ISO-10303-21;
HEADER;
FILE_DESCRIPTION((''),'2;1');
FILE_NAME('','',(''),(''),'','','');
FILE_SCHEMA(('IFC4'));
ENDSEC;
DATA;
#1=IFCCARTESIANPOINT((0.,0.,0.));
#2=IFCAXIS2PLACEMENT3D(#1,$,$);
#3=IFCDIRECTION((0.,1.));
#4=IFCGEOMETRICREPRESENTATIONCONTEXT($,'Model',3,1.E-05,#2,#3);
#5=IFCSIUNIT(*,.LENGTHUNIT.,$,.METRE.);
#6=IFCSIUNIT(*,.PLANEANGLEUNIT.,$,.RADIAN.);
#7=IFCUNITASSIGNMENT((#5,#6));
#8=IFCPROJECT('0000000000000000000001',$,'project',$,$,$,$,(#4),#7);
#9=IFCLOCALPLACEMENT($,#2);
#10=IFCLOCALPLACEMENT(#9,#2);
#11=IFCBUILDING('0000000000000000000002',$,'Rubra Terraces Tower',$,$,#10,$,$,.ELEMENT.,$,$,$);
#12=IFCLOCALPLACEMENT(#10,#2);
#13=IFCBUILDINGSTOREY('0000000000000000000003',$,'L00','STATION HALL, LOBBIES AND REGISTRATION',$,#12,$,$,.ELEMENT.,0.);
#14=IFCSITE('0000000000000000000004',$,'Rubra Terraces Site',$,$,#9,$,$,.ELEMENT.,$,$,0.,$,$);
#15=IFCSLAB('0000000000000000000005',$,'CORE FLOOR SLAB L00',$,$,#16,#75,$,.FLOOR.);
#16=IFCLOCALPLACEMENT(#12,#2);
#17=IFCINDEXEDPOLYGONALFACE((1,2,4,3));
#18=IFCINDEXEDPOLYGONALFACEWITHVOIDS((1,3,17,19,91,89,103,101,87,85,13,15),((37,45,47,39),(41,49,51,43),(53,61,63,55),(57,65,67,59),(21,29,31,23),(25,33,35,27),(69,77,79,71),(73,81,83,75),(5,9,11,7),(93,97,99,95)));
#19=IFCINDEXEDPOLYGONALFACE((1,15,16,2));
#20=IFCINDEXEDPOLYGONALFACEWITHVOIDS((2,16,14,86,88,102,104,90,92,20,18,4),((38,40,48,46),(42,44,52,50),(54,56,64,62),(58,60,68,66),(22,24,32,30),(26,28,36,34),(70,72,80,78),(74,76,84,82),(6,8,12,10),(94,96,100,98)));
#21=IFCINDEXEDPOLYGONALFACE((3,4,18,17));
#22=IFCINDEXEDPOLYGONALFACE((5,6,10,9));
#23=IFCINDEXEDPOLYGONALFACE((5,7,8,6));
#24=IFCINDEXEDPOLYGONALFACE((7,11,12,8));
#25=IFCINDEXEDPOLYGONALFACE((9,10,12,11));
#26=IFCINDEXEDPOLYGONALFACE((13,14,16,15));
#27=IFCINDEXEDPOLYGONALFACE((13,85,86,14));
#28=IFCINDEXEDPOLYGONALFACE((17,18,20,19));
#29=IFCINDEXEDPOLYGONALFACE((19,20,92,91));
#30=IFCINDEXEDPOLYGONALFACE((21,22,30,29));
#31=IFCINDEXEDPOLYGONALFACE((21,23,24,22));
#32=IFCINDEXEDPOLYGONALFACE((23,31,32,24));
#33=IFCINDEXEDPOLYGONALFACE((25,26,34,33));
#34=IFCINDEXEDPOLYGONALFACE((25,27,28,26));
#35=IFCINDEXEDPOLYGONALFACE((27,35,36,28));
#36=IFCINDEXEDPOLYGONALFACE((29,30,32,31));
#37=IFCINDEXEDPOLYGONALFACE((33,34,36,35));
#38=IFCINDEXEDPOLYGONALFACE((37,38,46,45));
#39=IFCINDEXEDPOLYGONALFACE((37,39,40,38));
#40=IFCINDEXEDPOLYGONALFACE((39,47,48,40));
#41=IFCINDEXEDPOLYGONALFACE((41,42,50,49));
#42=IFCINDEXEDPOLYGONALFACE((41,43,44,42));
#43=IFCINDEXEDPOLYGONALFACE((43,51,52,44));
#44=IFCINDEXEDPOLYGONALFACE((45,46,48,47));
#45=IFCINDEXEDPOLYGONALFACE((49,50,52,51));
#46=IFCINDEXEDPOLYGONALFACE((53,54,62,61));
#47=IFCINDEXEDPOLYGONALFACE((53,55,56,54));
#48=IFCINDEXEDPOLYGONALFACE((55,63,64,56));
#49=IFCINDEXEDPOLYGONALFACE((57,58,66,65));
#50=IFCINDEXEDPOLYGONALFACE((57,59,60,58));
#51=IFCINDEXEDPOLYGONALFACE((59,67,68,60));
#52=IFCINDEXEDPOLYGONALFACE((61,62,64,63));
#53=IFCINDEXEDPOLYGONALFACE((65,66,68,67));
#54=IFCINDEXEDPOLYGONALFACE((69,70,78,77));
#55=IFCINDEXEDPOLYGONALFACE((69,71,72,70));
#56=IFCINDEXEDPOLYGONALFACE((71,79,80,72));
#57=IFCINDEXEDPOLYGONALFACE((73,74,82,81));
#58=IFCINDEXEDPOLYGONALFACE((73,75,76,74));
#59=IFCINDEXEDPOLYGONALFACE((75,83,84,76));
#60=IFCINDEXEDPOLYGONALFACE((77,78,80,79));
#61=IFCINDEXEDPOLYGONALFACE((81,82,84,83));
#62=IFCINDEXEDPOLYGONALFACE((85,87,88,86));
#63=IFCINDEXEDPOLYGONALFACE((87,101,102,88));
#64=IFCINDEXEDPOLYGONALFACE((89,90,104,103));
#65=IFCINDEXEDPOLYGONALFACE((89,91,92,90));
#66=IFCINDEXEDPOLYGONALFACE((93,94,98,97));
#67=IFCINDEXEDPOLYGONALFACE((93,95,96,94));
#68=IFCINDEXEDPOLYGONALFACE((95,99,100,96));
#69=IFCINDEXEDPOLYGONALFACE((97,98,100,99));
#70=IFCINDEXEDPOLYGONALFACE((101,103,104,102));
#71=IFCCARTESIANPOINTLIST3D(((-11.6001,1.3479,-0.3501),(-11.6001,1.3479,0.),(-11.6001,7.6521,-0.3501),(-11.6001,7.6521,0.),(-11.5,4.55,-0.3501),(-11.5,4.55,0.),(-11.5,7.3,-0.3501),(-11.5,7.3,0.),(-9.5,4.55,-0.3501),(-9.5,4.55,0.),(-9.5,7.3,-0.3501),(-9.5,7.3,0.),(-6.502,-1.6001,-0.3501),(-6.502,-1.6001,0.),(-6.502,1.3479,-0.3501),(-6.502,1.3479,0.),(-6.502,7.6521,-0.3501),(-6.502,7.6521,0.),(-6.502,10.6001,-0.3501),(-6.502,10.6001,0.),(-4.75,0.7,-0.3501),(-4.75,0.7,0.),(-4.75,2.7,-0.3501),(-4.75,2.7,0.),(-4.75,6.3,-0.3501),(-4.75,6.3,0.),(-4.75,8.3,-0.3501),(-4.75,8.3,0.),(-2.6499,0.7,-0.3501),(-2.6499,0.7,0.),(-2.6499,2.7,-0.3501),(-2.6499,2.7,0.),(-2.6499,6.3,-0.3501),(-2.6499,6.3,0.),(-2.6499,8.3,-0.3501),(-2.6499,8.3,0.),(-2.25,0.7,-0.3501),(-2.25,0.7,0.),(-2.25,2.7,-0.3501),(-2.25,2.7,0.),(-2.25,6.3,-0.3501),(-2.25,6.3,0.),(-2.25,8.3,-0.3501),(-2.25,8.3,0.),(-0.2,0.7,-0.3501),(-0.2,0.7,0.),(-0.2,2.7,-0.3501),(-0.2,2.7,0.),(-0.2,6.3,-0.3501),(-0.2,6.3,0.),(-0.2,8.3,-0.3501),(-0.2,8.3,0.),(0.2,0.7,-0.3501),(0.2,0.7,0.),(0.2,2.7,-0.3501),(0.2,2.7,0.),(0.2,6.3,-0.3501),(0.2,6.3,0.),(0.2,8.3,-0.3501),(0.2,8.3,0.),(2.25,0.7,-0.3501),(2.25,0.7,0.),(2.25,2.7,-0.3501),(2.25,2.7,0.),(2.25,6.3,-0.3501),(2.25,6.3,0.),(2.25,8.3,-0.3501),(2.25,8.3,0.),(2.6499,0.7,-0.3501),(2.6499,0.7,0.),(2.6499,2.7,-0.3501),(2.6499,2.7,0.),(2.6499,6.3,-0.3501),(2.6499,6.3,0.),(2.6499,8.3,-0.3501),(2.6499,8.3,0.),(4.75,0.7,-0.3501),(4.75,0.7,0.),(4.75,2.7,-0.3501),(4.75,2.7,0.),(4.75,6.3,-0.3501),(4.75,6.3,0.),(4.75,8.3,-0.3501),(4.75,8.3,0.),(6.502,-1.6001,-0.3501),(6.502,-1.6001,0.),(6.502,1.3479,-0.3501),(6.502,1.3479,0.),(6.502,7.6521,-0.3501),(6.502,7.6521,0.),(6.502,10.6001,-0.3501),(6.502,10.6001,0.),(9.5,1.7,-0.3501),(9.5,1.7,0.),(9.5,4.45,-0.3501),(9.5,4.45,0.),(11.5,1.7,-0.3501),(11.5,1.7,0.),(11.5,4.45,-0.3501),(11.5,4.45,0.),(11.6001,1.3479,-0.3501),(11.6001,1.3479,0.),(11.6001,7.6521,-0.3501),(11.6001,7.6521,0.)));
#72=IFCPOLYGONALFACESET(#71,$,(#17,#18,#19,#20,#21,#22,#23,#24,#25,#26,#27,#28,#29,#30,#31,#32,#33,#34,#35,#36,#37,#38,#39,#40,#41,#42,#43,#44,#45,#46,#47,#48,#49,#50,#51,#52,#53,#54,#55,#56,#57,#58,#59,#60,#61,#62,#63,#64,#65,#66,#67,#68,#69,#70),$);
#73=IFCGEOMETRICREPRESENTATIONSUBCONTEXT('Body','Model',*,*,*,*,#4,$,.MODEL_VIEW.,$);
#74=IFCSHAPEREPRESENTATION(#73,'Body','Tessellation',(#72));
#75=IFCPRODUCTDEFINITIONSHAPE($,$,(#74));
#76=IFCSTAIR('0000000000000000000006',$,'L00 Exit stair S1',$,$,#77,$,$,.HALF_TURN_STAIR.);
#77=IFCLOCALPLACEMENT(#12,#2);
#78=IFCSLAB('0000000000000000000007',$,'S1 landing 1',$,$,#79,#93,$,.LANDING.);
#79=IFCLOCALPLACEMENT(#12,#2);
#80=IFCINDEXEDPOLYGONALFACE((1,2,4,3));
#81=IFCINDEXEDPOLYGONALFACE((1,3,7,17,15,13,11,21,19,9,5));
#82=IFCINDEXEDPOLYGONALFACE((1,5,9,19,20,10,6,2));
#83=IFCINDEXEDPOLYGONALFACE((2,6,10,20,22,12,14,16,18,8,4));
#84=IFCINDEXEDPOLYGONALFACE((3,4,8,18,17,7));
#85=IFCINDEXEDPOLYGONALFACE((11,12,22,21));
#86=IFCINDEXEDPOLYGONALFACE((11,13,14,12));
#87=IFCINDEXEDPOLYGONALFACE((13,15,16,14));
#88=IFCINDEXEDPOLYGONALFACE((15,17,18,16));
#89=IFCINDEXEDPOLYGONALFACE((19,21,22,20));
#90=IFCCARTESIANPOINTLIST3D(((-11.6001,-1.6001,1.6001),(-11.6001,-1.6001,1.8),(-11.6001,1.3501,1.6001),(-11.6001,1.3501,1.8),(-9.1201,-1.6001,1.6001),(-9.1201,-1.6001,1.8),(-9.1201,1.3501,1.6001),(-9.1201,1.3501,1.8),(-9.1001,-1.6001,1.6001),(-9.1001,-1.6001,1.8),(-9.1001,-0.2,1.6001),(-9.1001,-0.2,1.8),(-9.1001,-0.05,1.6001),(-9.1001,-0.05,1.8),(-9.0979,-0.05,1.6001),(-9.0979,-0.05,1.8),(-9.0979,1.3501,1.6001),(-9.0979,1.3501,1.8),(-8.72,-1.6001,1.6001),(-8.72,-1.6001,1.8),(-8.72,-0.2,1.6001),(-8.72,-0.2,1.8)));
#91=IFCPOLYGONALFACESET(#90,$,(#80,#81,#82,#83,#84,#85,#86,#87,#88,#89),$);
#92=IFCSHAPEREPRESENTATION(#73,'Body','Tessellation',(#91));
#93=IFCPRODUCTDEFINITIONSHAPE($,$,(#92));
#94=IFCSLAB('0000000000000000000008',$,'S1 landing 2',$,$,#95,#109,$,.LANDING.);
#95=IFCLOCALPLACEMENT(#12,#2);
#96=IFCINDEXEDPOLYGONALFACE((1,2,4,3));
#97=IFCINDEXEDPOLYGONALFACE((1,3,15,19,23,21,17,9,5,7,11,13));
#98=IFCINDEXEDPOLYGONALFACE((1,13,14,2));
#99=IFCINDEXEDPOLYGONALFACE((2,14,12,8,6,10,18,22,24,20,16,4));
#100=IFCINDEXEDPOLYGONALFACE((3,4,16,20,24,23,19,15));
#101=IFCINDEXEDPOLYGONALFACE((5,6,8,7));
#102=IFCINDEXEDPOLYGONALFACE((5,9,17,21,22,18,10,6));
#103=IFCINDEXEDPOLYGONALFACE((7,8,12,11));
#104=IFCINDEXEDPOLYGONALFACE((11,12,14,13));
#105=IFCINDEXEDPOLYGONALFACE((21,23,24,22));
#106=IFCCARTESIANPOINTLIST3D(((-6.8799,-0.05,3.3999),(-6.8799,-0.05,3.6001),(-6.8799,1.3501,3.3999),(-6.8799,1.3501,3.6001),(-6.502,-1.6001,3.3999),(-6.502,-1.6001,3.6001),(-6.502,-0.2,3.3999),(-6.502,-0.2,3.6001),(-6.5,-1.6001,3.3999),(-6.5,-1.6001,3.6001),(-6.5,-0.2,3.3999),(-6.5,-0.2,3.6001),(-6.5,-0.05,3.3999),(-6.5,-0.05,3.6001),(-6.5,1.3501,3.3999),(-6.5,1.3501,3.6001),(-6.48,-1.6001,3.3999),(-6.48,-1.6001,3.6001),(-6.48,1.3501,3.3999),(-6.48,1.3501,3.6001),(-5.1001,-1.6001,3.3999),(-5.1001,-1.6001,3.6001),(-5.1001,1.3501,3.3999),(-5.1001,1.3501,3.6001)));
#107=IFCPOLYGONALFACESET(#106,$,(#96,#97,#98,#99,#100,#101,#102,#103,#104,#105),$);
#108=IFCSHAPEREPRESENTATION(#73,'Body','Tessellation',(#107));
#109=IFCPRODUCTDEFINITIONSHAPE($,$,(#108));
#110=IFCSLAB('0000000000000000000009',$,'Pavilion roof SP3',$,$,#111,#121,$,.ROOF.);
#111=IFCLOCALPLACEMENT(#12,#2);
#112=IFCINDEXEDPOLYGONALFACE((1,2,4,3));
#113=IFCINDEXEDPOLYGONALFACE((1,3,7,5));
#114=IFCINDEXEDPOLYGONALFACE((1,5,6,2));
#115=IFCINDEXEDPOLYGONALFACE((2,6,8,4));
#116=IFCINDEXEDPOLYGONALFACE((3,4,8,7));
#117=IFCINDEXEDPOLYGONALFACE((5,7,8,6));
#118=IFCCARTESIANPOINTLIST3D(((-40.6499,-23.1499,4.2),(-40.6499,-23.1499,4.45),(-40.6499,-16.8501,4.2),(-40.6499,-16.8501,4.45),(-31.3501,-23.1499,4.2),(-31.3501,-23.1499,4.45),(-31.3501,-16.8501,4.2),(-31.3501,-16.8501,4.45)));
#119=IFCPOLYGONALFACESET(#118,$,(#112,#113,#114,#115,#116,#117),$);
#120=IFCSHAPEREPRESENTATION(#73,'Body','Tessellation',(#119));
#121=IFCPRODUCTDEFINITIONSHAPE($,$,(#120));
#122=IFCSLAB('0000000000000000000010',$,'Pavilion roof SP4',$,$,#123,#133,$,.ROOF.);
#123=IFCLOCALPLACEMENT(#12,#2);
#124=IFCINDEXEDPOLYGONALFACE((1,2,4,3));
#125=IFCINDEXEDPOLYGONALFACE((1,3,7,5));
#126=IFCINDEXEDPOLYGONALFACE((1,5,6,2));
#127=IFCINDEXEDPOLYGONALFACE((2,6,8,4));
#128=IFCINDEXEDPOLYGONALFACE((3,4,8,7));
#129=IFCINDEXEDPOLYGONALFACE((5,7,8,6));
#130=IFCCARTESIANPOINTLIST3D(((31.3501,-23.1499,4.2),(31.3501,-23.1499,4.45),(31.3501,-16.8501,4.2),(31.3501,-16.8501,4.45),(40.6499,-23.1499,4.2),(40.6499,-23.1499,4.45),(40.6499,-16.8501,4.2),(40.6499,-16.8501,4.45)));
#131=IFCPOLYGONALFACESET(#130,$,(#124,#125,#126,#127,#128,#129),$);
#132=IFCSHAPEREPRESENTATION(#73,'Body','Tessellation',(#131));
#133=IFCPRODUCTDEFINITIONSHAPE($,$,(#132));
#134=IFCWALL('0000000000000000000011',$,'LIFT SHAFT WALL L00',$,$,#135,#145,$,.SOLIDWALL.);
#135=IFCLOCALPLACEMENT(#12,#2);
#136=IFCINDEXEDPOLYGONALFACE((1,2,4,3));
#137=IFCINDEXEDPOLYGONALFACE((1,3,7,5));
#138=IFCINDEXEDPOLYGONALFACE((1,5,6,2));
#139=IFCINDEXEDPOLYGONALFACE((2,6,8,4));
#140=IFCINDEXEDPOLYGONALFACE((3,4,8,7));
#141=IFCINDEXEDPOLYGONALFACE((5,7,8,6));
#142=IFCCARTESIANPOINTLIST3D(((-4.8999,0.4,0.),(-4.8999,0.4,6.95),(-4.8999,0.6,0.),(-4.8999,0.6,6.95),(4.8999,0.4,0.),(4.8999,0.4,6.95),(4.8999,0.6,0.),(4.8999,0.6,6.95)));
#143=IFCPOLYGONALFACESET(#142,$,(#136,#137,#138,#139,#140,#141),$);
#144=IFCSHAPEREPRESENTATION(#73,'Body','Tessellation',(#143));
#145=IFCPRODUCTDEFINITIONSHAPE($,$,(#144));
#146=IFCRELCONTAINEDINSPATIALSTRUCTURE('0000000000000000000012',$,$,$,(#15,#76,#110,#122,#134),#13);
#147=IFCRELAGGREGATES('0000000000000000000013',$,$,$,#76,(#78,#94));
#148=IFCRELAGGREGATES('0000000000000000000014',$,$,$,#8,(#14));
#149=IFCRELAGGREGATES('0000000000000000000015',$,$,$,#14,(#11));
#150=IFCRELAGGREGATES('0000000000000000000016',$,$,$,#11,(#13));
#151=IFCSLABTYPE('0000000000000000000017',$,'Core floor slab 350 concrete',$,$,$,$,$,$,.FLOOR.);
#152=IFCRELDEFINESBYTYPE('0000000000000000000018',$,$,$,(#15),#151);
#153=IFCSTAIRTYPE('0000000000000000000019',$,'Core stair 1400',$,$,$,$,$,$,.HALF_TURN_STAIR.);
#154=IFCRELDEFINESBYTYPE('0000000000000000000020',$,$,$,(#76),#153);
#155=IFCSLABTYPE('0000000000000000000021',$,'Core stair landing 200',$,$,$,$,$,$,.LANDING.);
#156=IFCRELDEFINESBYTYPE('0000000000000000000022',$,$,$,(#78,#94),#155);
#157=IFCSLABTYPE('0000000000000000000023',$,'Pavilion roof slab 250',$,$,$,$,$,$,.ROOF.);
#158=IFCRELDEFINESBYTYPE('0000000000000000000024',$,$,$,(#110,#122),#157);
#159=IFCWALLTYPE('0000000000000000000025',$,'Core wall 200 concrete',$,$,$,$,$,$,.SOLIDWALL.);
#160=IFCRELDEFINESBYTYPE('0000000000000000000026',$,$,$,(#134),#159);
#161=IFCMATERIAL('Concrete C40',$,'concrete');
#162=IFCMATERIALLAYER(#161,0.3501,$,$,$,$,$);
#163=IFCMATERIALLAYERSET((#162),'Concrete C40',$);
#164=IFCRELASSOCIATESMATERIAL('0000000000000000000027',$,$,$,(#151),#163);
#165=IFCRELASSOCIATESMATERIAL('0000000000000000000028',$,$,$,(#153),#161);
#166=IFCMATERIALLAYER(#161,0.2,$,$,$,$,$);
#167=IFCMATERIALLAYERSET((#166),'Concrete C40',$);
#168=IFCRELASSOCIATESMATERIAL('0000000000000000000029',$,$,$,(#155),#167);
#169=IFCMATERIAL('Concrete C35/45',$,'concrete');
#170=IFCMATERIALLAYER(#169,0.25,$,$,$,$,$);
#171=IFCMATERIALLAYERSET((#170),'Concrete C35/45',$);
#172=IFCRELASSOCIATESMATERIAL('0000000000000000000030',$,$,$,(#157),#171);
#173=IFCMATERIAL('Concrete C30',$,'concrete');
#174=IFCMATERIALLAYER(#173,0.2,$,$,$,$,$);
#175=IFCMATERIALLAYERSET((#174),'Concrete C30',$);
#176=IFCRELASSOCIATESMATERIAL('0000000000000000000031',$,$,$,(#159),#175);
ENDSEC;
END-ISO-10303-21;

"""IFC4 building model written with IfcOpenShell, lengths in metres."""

from ifc_helpers import new_model, si_unit, direction, frame, frame_2d, origin, place, context, subcontext, project, spatial, polyline, rectangle, outline, extrude, material, layer, layer_set, type_object, element, aggregate, save


model = new_model("IFC4")

# Units and contexts
model_context = context("Model", 3, precision=1e-05, world=origin(), true_north=direction((0.0, 1.0)))
body_context = subcontext(model_context, "Body", "Model", "MODEL_VIEW")
ifc_project = project(units=[si_unit("LENGTHUNIT", "METRE"), si_unit("PLANEANGLEUNIT", "RADIAN")], contexts=[model_context])

# Site, building, storey
site_placement = place(None, origin())
site = spatial("IfcSite", under=ifc_project, at=site_placement, Name="Rubra Terraces Site", CompositionType="ELEMENT", RefElevation=0.0)
building_placement = place(site_placement, origin())
building = spatial("IfcBuilding", under=site, at=building_placement, Name="Rubra Terraces Tower", CompositionType="ELEMENT")
storey_placement = place(building_placement, origin())
storey = spatial("IfcBuildingStorey", under=building, at=storey_placement, Name="L00", Description="STATION HALL, LOBBIES AND REGISTRATION", CompositionType="ELEMENT", Elevation=0.0)

# Slab
ifc_material_1 = material(Name="Concrete C40", Category="concrete")
ifc_layer_1 = layer(ifc_material_1, 0.3501)
ifc_layer_set_1 = layer_set([ifc_layer_1], Name="Concrete C40")
slab_type_1 = type_object("IfcSlabType", Name="Core floor slab 350 concrete", PredefinedType="FLOOR", material=ifc_layer_set_1)
slab_1_placement = place(storey_placement, frame((0.0, 0.0, -0.3501)))
element("IfcSlab", 1, at=slab_1_placement, inside=storey, type_object=slab_type_1, Name="CORE FLOOR SLAB L00", PredefinedType="FLOOR", context=body_context, shape_type="SweptSolid", body=[
    extrude(outline(polyline([(-11.6001, 1.3479), (-11.6001, 7.6521), (-6.502, 7.6521), (-6.502, 10.6001), (6.502, 10.6001), (6.502, 7.6521), (11.6001, 7.6521), (11.6001, 1.3479), (6.502, 1.3479), (6.502, -1.6001), (-6.502, -1.6001), (-6.502, 1.3479), (-11.6001, 1.3479)]), holes=[polyline([(9.5, 1.7), (11.5, 1.7), (11.5, 4.45), (9.5, 4.45), (9.5, 1.7)]), polyline([(4.75, 0.7), (4.75, 2.7), (2.6499, 2.7), (2.6499, 0.7), (4.75, 0.7)]), polyline([(4.75, 6.3), (4.75, 8.3), (2.6499, 8.3), (2.6499, 6.3), (4.75, 6.3)]), polyline([(2.25, 0.7), (2.25, 2.7), (0.2, 2.7), (0.2, 0.7), (2.25, 0.7)]), polyline([(2.25, 6.3), (2.25, 8.3), (0.2, 8.3), (0.2, 6.3), (2.25, 6.3)]), polyline([(-0.2, 0.7), (-0.2, 2.7), (-2.25, 2.7), (-2.25, 0.7), (-0.2, 0.7)]), polyline([(-0.2, 6.3), (-0.2, 8.3), (-2.25, 8.3), (-2.25, 6.3), (-0.2, 6.3)]), polyline([(-2.6499, 0.7), (-2.6499, 2.7), (-4.75, 2.7), (-4.75, 0.7), (-2.6499, 0.7)]), polyline([(-2.6499, 8.3), (-4.75, 8.3), (-4.75, 6.3), (-2.6499, 6.3), (-2.6499, 8.3)]), polyline([(-9.5, 7.3), (-11.5, 7.3), (-11.5, 4.55), (-9.5, 4.55), (-9.5, 7.3)])]), origin(), (0.0, 0.0, 1.0), 0.3501),
])

# Stair, slabs
stair_type = type_object("IfcStairType", Name="Core stair 1400", PredefinedType="HALF_TURN_STAIR", material=ifc_material_1)
stair_placement = place(storey_placement, origin())
stair = element("IfcStair", 2, at=stair_placement, inside=storey, type_object=stair_type, Name="L00 Exit stair S1", PredefinedType="HALF_TURN_STAIR")
ifc_layer_2 = layer(ifc_material_1, 0.2)
ifc_layer_set_2 = layer_set([ifc_layer_2], Name="Concrete C40")
slab_type_2 = type_object("IfcSlabType", Name="Core stair landing 200", PredefinedType="LANDING", material=ifc_layer_set_2)
slab_2_placement = place(storey_placement, frame((0.0, 0.0, 1.6001)))
slab_2 = element("IfcSlab", 3, at=slab_2_placement, type_object=slab_type_2, Name="S1 landing 1", PredefinedType="LANDING", context=body_context, shape_type="SweptSolid", body=[
    extrude(outline(polyline([(-8.72, -0.2), (-8.72, -1.6001), (-9.1001, -1.6001), (-9.1201, -1.6001), (-11.6001, -1.6001), (-11.6001, 1.3501), (-9.1201, 1.3501), (-9.0979, 1.3501), (-9.0979, -0.05), (-9.1001, -0.05), (-9.1001, -0.2), (-8.72, -0.2)])), origin(), (0.0, 0.0, 1.0), 0.2),
])
slab_3_placement = place(storey_placement, frame((0.0, 0.0, 3.3999)))
slab_3 = element("IfcSlab", 4, at=slab_3_placement, type_object=slab_type_2, Name="S1 landing 2", PredefinedType="LANDING", context=body_context, shape_type="SweptSolid", body=[
    extrude(outline(polyline([(-6.5, -0.2), (-6.5, -0.05), (-6.8799, -0.05), (-6.8799, 1.3501), (-6.5, 1.3501), (-6.48, 1.3501), (-5.1001, 1.3501), (-5.1001, -1.6001), (-6.48, -1.6001), (-6.5, -1.6001), (-6.502, -1.6001), (-6.502, -0.2), (-6.5, -0.2)])), origin(), (0.0, 0.0, 1.0), 0.2002),
])
aggregate(stair, [slab_2, slab_3])

# Slabs
ifc_material_2 = material(Name="Concrete C35/45", Category="concrete")
ifc_layer_3 = layer(ifc_material_2, 0.25)
ifc_layer_set_3 = layer_set([ifc_layer_3], Name="Concrete C35/45")
slab_type_3 = type_object("IfcSlabType", Name="Pavilion roof slab 250", PredefinedType="ROOF", material=ifc_layer_set_3)
slab_4_placement = place(storey_placement, frame((0.0, 0.0, 4.2)))
element("IfcSlab", 5, at=slab_4_placement, inside=storey, type_object=slab_type_3, Name="Pavilion roof SP3", PredefinedType="ROOF", context=body_context, shape_type="SweptSolid", body=[
    extrude(outline(polyline([(-40.6499, -23.1499), (-31.3501, -23.1499), (-31.3501, -16.8501), (-40.6499, -16.8501), (-40.6499, -23.1499)])), origin(), (0.0, 0.0, 1.0), 0.25),
])
slab_5_placement = place(storey_placement, frame((0.0, 0.0, 4.2)))
element("IfcSlab", 6, at=slab_5_placement, inside=storey, type_object=slab_type_3, Name="Pavilion roof SP4", PredefinedType="ROOF", context=body_context, shape_type="SweptSolid", body=[
    extrude(outline(polyline([(31.3501, -23.1499), (40.6499, -23.1499), (40.6499, -16.8501), (31.3501, -16.8501), (31.3501, -23.1499)])), origin(), (0.0, 0.0, 1.0), 0.25),
])

# Wall
ifc_material_3 = material(Name="Concrete C30", Category="concrete")
ifc_layer_4 = layer(ifc_material_3, 0.2)
ifc_layer_set_4 = layer_set([ifc_layer_4], Name="Concrete C30")
wall_type_1 = type_object("IfcWallType", Name="Core wall 200 concrete", PredefinedType="SOLIDWALL", material=ifc_layer_set_4)
wall_1_placement = place(storey_placement, frame((-4.8999, 0.5, 0.0), z_axis=(0.0, 0.0, 1.0), x_axis=(1.0, 0.0, 0.0)))
element("IfcWall", 7, at=wall_1_placement, inside=storey, type_object=wall_type_1, Name="LIFT SHAFT WALL L00", PredefinedType="SOLIDWALL", context=body_context, shape_type="SweptSolid", body=[
    extrude(rectangle(XDim=9.7998, YDim=0.2, at=frame_2d((4.8999, 0.0))), origin(), (0.0, 0.0, 1.0), 6.95),
])

save(model, "model.ifc")
